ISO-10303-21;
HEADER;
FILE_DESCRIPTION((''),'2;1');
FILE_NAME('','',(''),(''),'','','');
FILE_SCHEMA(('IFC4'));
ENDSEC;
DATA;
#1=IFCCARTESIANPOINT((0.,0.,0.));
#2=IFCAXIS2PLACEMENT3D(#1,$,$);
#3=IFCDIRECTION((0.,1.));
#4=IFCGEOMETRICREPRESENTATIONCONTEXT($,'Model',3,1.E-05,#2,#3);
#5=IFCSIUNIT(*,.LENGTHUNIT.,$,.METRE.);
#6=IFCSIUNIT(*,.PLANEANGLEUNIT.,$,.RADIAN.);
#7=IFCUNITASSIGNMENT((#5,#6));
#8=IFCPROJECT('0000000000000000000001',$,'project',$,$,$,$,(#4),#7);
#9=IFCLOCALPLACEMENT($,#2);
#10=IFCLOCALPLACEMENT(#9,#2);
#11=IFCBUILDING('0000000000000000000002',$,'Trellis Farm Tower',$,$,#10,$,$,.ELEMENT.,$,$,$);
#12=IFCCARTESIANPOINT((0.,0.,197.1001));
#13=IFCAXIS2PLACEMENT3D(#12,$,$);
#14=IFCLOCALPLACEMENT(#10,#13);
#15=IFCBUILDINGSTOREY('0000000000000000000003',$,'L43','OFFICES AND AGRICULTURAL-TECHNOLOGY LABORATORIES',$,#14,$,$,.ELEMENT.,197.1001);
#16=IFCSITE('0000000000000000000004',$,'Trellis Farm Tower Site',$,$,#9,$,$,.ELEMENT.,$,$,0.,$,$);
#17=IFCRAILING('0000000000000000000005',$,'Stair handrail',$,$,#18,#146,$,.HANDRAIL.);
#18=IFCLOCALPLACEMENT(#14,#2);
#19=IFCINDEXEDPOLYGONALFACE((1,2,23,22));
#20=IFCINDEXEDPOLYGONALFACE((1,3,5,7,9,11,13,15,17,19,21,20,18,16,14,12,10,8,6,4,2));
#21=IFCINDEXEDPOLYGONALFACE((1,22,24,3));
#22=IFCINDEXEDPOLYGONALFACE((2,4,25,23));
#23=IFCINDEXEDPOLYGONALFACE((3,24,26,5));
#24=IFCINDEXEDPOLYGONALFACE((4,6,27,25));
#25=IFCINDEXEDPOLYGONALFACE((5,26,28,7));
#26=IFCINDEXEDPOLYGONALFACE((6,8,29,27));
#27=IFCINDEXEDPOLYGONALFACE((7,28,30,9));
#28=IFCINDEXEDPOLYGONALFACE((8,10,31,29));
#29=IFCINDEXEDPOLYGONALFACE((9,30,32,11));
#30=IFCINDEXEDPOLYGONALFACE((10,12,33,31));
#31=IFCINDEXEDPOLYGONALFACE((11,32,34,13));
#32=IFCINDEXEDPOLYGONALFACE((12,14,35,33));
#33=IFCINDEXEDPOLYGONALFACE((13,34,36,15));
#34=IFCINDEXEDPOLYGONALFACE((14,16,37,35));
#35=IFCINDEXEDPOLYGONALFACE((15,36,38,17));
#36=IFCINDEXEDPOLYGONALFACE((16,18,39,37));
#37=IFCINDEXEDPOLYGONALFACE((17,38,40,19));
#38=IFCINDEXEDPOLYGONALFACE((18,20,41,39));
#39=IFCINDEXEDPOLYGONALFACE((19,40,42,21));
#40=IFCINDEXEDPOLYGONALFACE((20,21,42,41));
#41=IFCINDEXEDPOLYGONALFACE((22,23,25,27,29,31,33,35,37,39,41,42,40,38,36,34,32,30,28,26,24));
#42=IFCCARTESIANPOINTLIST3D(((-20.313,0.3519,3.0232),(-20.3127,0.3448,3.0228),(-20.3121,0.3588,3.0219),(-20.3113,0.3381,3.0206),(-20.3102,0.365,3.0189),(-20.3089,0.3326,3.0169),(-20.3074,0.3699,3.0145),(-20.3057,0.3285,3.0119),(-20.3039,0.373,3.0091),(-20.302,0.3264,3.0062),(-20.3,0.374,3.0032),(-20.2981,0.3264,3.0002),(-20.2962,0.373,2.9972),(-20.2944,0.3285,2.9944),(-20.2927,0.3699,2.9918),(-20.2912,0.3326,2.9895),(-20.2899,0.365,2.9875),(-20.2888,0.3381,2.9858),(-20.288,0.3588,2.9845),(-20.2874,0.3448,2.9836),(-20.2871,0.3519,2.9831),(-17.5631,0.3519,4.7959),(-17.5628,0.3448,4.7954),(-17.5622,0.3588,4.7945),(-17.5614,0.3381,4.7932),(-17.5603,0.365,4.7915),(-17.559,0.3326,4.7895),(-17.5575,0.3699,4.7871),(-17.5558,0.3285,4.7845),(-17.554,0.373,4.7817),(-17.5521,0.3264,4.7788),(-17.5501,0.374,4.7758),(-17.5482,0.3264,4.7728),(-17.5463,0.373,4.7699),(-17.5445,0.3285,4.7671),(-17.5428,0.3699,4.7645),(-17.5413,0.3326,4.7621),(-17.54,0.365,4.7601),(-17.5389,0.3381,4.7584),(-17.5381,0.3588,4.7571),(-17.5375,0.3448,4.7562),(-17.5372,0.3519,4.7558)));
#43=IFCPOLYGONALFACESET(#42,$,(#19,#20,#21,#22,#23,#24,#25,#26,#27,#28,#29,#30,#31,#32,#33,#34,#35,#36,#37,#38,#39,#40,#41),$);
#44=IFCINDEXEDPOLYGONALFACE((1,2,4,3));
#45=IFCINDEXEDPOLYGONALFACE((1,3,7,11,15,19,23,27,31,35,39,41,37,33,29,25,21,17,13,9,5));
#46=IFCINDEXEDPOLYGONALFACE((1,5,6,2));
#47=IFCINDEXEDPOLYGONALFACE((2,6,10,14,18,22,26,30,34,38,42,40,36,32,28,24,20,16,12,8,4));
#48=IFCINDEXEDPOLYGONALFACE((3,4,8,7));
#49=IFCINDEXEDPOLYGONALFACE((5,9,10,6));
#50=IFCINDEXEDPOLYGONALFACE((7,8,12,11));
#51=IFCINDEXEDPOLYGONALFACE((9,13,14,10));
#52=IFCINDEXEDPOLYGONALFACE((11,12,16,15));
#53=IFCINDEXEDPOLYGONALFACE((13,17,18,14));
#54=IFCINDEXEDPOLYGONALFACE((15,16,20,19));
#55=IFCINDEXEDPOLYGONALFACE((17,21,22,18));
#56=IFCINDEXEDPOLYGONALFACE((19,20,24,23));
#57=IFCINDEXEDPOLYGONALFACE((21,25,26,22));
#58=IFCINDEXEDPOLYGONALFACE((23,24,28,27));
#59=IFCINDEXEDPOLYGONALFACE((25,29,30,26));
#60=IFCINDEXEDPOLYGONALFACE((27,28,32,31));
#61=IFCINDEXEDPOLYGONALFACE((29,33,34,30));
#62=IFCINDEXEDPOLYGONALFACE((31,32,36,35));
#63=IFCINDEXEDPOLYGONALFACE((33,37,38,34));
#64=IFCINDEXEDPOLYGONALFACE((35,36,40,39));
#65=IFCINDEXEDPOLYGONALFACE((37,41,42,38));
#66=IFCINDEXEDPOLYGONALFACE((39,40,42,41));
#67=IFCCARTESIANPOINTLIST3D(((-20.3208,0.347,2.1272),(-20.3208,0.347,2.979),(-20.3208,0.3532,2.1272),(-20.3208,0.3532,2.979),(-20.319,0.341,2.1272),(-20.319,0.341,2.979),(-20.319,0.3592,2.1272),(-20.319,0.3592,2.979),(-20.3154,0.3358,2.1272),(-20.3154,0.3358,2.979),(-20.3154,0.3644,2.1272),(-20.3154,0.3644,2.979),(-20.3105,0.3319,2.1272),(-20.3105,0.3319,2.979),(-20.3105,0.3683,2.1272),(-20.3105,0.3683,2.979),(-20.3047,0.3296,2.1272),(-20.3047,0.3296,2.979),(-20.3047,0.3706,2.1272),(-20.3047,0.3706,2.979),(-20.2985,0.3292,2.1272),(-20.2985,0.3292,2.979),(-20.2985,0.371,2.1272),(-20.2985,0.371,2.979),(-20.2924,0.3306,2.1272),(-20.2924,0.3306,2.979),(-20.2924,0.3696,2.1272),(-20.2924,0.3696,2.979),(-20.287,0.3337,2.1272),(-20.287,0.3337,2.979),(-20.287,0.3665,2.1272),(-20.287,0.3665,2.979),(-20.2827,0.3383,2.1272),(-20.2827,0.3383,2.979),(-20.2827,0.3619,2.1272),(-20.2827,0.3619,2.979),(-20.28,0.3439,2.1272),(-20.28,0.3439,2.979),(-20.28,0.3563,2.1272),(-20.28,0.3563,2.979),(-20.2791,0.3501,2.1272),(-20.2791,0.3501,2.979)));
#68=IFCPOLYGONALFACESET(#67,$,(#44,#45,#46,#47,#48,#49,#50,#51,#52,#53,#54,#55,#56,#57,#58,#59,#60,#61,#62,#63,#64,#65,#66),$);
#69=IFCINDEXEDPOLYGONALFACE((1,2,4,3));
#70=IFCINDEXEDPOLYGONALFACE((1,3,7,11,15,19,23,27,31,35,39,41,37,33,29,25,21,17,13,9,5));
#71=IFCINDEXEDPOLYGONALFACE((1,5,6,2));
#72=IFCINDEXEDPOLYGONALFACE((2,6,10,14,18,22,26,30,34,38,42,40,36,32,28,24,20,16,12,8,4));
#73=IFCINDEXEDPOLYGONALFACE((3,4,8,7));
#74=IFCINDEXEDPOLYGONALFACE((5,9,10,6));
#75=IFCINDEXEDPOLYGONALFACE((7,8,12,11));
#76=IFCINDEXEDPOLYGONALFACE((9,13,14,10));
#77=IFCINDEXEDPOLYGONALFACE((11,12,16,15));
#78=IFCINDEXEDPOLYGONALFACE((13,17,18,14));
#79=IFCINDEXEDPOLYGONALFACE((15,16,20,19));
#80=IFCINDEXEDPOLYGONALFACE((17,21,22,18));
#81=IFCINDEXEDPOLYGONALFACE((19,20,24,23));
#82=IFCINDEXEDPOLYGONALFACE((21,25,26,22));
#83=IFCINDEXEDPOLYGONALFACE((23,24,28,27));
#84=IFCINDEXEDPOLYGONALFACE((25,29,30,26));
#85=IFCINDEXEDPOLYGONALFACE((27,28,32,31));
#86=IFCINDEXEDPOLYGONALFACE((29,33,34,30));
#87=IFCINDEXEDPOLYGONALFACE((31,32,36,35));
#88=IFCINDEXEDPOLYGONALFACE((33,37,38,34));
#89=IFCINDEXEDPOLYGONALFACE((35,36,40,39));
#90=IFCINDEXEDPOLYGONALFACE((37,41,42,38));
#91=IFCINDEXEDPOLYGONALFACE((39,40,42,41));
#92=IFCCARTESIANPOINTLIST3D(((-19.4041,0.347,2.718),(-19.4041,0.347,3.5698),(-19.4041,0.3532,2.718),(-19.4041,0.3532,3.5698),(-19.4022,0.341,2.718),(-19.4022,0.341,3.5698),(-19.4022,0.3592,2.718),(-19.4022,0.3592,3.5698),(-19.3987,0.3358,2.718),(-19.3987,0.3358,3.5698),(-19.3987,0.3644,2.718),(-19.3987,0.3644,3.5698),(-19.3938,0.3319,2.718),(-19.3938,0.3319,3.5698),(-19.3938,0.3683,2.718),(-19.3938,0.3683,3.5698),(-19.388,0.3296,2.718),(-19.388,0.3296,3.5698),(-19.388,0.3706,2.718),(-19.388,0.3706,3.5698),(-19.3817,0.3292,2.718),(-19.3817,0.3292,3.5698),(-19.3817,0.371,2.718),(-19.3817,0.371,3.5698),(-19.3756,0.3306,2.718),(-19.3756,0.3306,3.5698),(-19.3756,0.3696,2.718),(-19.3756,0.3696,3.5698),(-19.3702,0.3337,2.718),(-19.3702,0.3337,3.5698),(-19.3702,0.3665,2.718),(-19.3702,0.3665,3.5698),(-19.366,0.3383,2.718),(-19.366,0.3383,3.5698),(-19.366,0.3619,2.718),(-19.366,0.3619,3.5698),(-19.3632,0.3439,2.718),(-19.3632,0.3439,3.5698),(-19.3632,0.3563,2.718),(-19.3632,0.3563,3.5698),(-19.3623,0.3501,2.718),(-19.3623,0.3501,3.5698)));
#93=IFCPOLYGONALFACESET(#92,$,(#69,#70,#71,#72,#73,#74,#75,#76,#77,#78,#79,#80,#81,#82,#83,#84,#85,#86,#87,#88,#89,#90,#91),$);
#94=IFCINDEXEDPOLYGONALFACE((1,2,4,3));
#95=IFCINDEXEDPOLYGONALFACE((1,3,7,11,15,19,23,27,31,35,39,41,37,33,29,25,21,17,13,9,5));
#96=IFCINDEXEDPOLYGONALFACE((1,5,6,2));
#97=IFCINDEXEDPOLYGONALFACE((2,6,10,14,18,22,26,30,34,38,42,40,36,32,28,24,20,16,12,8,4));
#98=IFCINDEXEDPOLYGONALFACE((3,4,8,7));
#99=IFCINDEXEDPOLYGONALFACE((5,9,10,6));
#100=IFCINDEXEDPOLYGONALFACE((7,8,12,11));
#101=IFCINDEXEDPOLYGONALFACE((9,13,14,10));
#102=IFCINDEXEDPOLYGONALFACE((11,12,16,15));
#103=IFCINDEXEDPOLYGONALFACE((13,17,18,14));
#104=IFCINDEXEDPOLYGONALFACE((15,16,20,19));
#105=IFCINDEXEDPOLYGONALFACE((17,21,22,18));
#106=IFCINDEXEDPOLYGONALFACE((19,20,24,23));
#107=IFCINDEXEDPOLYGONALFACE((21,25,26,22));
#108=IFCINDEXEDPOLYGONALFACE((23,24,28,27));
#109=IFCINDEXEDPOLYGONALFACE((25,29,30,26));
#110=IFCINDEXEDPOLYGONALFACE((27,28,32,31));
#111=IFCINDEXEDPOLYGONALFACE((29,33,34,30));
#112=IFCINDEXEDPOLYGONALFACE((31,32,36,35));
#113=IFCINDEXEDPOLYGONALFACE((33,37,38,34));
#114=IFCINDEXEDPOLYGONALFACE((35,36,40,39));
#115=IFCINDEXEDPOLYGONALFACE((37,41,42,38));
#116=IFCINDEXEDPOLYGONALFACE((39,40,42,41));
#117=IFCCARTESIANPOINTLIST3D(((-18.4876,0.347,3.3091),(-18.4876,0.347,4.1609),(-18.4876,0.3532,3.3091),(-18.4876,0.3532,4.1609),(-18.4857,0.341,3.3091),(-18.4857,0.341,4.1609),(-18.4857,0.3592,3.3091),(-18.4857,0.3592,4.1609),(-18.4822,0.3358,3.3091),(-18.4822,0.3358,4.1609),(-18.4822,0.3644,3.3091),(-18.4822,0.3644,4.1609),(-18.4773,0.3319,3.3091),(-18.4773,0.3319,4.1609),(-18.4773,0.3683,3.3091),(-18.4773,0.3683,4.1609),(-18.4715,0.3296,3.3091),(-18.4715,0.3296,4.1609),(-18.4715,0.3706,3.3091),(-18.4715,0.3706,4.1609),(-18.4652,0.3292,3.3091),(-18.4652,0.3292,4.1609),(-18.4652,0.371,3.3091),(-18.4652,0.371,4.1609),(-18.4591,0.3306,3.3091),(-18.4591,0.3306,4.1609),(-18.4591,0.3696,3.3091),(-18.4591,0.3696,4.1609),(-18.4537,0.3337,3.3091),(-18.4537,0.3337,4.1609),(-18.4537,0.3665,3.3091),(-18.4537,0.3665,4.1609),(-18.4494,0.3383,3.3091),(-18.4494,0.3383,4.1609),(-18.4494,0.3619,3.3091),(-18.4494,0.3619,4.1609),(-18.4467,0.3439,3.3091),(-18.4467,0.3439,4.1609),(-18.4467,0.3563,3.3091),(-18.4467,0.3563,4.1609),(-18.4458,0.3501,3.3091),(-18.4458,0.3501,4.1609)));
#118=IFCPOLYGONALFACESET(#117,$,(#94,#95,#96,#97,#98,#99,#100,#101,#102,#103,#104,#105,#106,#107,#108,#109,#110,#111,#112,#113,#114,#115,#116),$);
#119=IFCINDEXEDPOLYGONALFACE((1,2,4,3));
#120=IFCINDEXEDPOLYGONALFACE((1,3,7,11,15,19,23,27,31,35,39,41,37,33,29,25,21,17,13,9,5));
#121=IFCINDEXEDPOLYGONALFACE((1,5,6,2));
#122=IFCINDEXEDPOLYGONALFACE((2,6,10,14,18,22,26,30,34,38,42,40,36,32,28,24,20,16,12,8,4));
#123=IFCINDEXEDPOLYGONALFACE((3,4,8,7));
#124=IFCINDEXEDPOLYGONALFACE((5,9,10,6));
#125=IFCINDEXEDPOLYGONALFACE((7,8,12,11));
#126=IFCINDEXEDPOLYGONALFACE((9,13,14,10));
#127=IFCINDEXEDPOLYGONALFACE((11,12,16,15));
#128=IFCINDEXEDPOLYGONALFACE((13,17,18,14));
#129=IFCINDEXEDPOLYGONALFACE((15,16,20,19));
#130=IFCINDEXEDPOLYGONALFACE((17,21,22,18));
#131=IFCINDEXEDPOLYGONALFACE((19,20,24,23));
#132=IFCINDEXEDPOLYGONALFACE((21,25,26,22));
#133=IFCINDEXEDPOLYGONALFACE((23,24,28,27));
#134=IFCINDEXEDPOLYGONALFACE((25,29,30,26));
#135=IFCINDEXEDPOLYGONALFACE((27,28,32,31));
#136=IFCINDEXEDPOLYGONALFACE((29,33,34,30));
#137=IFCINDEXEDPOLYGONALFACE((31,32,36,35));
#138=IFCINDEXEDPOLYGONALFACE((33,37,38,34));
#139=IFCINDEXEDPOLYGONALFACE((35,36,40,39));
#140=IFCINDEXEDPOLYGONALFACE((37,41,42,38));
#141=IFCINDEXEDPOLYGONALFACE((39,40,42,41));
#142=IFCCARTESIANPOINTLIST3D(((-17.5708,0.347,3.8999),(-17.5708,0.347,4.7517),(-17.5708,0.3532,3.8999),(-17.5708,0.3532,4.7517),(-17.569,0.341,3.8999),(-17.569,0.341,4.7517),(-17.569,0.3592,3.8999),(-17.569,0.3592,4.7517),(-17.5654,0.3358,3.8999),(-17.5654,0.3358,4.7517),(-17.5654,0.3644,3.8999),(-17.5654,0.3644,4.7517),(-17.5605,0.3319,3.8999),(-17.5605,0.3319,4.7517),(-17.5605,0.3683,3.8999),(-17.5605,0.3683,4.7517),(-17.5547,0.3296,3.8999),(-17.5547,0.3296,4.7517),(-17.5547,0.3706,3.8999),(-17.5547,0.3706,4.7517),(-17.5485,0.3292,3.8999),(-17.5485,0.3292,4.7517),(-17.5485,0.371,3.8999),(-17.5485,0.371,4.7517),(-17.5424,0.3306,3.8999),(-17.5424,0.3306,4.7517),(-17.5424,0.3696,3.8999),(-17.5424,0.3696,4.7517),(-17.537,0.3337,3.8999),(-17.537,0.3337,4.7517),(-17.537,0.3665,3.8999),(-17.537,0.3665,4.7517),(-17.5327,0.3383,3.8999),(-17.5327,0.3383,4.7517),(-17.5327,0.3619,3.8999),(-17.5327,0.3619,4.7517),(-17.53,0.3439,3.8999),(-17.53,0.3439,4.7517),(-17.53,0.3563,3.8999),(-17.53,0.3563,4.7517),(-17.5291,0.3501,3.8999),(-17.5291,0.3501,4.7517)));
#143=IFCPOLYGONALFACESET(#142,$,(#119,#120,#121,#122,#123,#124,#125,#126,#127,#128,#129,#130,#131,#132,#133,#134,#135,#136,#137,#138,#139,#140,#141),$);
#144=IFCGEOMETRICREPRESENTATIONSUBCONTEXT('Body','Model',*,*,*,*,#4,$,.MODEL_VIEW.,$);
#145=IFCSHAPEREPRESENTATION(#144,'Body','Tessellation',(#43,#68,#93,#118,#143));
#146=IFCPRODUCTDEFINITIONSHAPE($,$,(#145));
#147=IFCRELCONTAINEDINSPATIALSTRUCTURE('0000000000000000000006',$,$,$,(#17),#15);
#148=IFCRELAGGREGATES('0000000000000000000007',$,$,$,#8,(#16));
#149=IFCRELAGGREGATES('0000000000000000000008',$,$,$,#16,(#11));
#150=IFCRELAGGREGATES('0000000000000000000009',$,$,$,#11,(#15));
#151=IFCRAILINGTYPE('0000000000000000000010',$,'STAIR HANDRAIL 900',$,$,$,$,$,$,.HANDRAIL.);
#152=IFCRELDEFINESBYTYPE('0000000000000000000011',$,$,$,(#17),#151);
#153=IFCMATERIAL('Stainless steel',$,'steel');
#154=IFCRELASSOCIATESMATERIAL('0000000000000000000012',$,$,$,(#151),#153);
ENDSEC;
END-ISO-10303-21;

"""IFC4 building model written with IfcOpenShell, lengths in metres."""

from ifc_helpers import new_model, si_unit, direction, frame, origin, origin_2d, place, context, subcontext, project, spatial, circle, extrude, source, transform, mapped, material, type_object, element, save


model = new_model("IFC4")

# Units and contexts
model_context = context("Model", 3, precision=1e-05, world=origin(), true_north=direction((0.0, 1.0)))
body_context = subcontext(model_context, "Body", "Model", "MODEL_VIEW")
ifc_project = project(units=[si_unit("LENGTHUNIT", "METRE"), si_unit("PLANEANGLEUNIT", "RADIAN")], contexts=[model_context])

# Site, building, storey
site_placement = place(None, origin())
site = spatial("IfcSite", under=ifc_project, at=site_placement, Name="Trellis Farm Tower Site", CompositionType="ELEMENT", RefElevation=0.0)
building_placement = place(site_placement, origin())
building = spatial("IfcBuilding", under=site, at=building_placement, Name="Trellis Farm Tower", CompositionType="ELEMENT")
storey_placement = place(building_placement, frame((0.0, 0.0, 197.1001)))
storey = spatial("IfcBuildingStorey", under=building, at=storey_placement, Name="L43", Description="OFFICES AND AGRICULTURAL-TECHNOLOGY LABORATORIES", CompositionType="ELEMENT", Elevation=197.1001)

# Railing
ifc_material_1 = material(Name="Stainless steel", Category="steel")
railing_type = type_object("IfcRailingType", Name="STAIR HANDRAIL 900", PredefinedType="HANDRAIL", material=ifc_material_1)
shared_shape_1 = source(origin(), body_context, "Body", "SweptSolid", [
    extrude(circle(Radius=0.0239, at=origin_2d()), frame((0.0, 0.0, 0.876), z_axis=(0.840504, 0.0, 0.541806), x_axis=(0.0, 1.0, 0.0)), (0.0, 0.0, 1.0), 3.2717),
    extrude(circle(Radius=0.021, at=origin_2d()), origin(), (0.0, 0.0, 1.0), 0.8518),
    extrude(circle(Radius=0.021, at=origin_2d()), frame((0.9167, 0.0, 0.5908)), (0.0, 0.0, 1.0), 0.8518),
    extrude(circle(Radius=0.021, at=origin_2d()), frame((1.8333, 0.0, 1.1819)), (0.0, 0.0, 1.0), 0.8518),
    extrude(circle(Radius=0.021, at=origin_2d()), frame((2.75, 0.0, 1.7727)), (0.0, 0.0, 1.0), 0.8518),
])
for number, where, name in (
    (1, (-20.3, 0.3501, 2.1272), "Stair handrail"),
):
    element("IfcRailing", number, at=place(storey_placement, frame(where)), inside=storey, type_object=railing_type, Name=name, PredefinedType="HANDRAIL", context=body_context, shape_type="MappedRepresentation", body=[
        mapped(shared_shape_1, transform((0.0, 0.0, 0.0))),
    ])

save(model, "model.ifc")
